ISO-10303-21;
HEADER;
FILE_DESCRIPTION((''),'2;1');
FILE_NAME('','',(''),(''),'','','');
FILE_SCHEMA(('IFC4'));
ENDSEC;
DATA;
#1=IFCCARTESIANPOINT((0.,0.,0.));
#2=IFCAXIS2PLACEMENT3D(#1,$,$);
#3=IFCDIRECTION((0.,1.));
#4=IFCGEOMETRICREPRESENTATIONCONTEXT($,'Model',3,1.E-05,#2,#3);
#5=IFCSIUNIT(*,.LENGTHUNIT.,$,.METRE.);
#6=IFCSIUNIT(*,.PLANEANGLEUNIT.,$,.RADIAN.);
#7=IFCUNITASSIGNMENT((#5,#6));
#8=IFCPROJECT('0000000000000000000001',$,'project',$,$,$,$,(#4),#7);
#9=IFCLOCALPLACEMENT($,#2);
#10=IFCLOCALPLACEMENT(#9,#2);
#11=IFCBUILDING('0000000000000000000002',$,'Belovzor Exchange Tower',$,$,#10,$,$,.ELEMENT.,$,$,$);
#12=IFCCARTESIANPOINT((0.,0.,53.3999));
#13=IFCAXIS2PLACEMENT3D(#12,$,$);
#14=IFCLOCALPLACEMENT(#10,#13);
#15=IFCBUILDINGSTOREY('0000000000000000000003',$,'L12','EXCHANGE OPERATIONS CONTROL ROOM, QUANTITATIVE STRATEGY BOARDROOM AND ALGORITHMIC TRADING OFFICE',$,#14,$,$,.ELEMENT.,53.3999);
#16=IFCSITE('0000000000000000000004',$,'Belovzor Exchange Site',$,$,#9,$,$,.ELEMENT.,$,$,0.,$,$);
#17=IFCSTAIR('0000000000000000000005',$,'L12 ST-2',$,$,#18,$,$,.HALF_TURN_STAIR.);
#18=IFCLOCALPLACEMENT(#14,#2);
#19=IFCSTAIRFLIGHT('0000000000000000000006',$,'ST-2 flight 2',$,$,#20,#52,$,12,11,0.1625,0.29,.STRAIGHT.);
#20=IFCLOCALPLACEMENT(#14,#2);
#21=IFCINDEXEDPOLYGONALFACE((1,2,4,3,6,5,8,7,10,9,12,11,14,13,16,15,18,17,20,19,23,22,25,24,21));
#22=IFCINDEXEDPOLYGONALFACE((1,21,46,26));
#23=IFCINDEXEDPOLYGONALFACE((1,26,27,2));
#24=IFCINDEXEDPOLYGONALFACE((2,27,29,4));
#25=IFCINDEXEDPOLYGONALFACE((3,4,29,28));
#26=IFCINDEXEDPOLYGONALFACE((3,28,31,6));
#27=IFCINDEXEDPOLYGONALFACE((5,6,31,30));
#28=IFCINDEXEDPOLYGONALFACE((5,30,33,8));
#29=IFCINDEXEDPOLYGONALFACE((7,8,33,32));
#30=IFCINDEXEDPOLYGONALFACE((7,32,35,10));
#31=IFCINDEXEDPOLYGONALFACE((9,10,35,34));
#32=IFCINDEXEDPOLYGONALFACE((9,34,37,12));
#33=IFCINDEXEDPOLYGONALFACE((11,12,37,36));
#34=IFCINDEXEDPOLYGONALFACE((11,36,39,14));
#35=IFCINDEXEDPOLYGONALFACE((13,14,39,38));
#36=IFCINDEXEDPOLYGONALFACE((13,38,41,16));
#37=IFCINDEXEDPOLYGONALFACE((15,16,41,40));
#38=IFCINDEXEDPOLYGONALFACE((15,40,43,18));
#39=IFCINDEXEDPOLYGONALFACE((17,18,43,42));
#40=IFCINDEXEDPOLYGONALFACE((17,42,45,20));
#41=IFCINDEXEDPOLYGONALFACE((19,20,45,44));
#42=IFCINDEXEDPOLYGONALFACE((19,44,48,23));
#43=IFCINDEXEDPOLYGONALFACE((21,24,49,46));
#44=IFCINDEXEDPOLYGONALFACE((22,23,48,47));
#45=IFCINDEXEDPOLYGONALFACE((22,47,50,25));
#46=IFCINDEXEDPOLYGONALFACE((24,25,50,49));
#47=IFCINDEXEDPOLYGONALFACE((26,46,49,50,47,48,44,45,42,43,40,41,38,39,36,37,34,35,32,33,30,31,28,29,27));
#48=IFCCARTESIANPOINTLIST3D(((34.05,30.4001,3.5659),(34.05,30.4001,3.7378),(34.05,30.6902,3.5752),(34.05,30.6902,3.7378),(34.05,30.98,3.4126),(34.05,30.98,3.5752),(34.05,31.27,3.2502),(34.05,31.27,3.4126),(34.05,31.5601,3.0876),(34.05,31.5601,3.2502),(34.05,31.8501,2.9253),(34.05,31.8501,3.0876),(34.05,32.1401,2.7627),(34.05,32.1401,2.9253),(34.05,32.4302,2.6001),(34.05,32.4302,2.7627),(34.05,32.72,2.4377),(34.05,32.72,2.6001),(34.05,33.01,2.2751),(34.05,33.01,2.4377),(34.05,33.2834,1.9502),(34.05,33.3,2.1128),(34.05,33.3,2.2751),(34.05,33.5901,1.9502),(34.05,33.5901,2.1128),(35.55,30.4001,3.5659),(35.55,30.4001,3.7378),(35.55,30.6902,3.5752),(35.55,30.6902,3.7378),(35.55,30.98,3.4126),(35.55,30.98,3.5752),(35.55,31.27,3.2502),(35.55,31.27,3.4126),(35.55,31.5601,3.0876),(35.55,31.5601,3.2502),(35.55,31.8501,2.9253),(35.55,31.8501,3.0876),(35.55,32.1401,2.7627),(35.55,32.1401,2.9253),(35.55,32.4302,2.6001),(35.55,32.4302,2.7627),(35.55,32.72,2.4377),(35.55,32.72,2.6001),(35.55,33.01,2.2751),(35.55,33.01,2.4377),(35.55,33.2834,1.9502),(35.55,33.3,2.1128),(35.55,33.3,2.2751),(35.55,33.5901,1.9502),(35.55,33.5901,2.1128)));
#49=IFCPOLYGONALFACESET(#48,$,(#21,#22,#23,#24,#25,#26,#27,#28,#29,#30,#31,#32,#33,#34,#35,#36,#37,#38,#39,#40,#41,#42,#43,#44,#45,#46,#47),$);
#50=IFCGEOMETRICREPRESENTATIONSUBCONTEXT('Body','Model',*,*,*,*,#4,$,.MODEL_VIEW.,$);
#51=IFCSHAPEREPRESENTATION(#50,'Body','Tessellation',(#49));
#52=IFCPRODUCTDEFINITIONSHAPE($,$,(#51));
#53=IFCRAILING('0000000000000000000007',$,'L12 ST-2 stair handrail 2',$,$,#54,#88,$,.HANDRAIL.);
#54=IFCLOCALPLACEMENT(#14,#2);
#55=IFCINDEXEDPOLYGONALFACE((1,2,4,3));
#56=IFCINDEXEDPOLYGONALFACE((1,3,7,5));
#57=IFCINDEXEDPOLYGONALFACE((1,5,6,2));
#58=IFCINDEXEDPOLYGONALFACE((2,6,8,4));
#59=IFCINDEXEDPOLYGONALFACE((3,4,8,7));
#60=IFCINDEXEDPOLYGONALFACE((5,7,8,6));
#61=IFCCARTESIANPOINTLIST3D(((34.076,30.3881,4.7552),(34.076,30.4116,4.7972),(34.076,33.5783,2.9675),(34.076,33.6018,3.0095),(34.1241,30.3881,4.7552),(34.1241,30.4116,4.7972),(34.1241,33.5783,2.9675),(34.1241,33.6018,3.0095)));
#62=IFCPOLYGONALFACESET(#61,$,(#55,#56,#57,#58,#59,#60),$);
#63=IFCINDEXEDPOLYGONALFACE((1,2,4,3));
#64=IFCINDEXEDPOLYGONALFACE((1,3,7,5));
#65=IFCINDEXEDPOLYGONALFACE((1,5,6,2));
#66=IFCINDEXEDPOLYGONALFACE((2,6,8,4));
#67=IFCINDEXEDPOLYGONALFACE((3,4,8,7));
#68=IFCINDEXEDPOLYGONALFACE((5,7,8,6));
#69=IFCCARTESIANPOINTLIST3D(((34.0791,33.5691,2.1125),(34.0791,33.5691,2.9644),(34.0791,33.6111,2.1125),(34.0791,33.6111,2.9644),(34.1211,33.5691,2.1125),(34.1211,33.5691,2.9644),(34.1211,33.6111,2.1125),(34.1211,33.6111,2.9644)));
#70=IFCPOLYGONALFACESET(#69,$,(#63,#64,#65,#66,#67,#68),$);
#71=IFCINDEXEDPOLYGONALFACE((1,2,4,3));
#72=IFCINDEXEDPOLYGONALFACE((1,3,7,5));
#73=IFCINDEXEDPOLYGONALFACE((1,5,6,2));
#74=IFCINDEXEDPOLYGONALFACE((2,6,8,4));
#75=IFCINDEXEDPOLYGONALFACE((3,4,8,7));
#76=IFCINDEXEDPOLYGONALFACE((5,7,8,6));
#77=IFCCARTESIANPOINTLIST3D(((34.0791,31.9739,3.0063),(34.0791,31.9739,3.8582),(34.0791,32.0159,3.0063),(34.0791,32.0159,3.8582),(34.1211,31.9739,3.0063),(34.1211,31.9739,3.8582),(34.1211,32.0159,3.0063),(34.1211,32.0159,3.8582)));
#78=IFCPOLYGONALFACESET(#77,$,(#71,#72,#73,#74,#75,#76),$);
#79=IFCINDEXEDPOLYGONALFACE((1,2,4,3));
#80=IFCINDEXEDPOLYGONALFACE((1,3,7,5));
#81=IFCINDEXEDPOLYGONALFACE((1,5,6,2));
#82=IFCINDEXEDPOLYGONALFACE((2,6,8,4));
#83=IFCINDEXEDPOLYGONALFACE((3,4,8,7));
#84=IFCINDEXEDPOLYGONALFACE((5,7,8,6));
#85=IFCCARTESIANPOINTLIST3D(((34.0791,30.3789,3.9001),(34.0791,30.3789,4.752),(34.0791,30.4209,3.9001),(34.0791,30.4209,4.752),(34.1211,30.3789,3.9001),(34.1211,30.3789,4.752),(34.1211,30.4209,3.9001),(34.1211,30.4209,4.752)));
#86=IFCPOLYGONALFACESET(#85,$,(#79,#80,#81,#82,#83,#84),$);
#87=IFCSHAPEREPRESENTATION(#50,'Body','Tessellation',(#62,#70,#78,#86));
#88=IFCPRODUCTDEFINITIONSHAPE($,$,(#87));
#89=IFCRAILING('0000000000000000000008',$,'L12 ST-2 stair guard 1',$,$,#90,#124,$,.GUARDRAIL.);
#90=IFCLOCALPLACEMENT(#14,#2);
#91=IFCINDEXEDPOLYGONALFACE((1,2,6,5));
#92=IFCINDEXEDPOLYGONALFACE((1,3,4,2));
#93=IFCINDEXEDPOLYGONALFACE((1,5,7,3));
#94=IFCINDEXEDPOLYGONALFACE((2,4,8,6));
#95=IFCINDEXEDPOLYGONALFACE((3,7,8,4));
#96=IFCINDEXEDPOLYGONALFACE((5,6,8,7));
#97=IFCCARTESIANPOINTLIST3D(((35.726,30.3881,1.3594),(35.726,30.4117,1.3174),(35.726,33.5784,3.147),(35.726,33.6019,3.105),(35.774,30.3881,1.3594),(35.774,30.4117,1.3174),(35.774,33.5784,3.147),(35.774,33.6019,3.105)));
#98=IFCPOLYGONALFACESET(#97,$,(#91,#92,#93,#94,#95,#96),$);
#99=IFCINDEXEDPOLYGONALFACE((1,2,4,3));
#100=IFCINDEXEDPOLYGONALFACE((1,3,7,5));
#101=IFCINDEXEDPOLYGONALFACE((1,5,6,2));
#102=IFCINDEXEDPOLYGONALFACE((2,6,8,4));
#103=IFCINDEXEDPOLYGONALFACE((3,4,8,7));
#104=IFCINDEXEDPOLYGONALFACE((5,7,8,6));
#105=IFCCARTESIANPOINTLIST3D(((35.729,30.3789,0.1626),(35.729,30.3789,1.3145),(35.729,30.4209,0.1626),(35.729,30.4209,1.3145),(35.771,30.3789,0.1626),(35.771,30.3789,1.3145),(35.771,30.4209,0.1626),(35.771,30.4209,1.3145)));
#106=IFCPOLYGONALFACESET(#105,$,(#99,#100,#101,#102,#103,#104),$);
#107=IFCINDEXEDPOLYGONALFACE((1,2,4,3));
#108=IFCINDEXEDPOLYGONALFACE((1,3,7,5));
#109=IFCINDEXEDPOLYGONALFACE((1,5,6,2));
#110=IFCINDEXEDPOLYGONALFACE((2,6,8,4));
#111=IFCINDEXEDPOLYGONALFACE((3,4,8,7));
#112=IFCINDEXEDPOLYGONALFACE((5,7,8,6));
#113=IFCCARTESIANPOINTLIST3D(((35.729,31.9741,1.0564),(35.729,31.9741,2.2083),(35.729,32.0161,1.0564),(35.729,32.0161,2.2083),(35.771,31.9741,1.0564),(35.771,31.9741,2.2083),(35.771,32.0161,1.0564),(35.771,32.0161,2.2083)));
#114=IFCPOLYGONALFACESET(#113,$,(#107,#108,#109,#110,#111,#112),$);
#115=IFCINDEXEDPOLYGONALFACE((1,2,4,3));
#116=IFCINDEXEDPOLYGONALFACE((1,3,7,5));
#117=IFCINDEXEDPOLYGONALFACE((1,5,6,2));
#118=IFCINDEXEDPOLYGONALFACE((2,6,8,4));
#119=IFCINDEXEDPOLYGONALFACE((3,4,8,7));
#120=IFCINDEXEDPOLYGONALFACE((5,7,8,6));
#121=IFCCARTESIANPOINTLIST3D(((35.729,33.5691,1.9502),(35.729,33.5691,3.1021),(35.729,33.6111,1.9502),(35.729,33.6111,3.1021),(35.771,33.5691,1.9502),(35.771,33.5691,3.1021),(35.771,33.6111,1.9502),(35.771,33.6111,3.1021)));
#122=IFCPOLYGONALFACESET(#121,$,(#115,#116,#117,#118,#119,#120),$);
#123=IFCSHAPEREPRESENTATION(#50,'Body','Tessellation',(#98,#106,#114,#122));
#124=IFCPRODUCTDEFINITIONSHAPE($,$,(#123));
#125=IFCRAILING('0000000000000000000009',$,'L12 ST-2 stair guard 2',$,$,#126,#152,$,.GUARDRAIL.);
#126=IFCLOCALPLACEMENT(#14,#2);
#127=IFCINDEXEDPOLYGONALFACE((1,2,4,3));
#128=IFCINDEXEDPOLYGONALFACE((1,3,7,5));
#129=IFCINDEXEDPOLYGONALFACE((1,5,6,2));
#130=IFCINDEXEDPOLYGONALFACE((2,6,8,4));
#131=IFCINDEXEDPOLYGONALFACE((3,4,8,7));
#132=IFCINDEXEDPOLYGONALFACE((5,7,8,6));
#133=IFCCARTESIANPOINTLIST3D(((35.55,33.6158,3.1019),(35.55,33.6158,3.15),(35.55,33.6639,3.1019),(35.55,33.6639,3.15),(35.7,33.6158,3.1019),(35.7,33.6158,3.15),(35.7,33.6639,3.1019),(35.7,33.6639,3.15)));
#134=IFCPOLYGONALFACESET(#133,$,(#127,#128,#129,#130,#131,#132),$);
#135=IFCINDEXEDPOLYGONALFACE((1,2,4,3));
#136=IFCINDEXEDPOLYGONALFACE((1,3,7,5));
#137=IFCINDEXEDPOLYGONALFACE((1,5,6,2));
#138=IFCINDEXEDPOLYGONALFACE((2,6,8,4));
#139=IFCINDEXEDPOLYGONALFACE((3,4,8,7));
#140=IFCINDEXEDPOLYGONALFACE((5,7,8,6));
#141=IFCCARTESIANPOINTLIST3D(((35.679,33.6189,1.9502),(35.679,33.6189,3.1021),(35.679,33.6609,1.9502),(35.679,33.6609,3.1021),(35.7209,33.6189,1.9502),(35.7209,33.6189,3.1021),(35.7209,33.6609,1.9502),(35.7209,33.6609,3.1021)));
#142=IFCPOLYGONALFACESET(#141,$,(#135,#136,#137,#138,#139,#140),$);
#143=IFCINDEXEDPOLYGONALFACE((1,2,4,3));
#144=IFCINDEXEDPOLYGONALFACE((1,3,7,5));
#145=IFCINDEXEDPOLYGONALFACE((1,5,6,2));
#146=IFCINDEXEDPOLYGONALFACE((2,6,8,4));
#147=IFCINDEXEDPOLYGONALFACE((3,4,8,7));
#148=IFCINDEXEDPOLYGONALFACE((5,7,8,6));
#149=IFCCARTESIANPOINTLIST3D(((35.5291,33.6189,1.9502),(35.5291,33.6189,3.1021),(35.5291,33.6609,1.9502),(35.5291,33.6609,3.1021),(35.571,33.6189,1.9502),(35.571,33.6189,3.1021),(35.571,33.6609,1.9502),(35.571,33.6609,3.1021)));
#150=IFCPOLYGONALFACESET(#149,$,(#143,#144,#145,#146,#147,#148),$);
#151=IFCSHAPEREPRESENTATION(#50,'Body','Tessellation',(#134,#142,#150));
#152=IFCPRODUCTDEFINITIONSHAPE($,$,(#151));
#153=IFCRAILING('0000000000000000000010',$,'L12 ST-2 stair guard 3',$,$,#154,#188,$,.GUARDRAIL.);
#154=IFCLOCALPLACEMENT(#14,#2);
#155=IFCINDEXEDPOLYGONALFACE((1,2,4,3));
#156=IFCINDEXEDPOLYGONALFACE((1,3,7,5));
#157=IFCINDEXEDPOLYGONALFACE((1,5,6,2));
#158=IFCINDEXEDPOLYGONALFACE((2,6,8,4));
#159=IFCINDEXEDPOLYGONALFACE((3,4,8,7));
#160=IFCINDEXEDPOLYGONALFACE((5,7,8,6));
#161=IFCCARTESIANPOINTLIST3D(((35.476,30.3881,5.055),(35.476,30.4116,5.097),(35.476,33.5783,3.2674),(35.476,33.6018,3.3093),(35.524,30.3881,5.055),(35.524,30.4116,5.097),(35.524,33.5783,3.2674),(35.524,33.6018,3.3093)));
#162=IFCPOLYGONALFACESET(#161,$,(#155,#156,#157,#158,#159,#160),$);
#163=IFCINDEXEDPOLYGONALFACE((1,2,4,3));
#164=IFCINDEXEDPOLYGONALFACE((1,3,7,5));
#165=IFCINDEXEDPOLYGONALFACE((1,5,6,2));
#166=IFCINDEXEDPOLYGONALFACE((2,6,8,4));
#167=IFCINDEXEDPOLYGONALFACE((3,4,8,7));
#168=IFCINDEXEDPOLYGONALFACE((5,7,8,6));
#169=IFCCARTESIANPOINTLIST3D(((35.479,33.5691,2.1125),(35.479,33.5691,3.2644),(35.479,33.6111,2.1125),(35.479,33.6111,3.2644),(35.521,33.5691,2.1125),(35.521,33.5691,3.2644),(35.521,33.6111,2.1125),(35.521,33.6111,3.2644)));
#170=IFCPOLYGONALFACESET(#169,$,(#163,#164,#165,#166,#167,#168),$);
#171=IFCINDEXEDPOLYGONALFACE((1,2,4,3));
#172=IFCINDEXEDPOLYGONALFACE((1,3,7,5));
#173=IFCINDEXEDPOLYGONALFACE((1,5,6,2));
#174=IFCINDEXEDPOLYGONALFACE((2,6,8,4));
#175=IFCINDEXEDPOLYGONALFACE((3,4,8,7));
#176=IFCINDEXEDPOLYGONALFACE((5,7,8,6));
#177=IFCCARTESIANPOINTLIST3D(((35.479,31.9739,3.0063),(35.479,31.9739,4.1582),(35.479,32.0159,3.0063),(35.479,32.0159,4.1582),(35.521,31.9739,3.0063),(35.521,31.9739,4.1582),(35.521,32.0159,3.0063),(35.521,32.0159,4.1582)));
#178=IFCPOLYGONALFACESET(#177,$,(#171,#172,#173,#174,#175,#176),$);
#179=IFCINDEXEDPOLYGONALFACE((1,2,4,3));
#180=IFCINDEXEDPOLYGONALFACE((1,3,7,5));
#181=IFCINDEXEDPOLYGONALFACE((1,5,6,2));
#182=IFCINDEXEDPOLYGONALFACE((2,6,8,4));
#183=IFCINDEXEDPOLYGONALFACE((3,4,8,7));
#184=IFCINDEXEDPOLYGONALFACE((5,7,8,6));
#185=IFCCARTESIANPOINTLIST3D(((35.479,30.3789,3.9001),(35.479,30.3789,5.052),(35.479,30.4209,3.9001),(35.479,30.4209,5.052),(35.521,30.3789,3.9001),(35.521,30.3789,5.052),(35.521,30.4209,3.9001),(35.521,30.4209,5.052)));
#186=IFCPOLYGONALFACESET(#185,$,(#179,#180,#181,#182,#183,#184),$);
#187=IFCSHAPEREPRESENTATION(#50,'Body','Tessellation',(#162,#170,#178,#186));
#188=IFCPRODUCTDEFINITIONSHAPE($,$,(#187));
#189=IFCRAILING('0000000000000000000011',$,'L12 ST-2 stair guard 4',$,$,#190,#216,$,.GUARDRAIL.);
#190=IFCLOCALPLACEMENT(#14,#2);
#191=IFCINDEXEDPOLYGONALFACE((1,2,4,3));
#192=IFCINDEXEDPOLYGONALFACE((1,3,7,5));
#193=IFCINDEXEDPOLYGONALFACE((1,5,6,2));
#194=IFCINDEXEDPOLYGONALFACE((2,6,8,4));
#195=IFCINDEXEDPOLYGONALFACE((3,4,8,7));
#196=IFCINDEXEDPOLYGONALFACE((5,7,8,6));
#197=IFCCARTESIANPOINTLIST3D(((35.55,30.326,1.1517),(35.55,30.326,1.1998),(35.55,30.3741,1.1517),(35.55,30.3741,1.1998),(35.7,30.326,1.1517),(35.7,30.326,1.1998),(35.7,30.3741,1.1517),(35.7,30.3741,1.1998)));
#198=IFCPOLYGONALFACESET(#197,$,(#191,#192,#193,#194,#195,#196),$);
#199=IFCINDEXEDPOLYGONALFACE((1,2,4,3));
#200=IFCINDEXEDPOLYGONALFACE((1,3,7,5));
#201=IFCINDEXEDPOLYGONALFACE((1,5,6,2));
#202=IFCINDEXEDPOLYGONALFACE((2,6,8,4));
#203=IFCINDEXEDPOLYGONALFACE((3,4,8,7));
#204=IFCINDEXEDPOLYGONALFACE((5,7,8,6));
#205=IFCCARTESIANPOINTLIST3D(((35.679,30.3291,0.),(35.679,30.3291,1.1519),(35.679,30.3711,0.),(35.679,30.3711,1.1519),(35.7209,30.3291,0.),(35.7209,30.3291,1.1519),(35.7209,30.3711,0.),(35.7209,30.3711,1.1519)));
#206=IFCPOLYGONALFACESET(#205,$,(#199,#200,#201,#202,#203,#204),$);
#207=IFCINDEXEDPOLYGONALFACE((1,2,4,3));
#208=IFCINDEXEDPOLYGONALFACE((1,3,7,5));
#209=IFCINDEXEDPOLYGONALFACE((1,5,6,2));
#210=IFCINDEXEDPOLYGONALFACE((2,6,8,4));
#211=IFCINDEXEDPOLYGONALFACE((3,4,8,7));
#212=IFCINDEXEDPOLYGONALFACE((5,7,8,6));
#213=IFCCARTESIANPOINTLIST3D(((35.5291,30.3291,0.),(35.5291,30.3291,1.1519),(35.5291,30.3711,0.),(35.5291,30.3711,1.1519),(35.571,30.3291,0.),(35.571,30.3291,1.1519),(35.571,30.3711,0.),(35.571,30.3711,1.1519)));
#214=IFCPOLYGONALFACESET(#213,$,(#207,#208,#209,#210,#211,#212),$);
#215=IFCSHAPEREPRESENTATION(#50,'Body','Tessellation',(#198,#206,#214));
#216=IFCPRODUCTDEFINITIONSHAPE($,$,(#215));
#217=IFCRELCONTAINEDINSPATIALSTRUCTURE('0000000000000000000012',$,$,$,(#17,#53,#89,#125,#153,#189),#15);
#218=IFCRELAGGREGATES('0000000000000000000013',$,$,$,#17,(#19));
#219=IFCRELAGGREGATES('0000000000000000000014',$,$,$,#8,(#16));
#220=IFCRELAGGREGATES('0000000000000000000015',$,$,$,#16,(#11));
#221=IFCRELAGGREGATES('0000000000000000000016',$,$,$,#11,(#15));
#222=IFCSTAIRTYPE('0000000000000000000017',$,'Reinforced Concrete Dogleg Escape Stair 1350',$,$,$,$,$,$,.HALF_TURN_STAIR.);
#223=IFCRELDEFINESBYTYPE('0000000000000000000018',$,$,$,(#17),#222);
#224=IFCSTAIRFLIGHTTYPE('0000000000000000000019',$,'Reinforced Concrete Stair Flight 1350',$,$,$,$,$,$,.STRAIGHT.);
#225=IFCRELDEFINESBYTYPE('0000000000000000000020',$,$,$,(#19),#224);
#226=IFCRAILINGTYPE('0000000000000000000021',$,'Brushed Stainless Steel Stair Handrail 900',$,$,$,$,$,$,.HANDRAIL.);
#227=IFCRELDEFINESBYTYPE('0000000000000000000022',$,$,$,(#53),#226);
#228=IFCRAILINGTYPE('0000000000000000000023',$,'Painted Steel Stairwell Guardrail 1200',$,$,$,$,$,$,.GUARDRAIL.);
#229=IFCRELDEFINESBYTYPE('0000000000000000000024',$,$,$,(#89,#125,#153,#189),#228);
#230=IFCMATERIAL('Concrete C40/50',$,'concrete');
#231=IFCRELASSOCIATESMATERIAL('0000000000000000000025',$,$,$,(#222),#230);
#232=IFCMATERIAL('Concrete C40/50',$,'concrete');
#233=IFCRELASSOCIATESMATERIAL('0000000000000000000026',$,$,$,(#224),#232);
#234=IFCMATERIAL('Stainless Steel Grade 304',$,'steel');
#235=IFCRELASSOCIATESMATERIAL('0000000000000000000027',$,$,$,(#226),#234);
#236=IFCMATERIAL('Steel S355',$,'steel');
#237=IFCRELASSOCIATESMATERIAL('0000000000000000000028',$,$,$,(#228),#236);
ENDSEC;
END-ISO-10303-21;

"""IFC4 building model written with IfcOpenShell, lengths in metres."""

from ifc_helpers import new_model, si_unit, direction, frame, origin, origin_2d, place, context, subcontext, project, spatial, polyline, rectangle, outline, extrude, material, type_object, element, aggregate, save


model = new_model("IFC4")

# Units and contexts
model_context = context("Model", 3, precision=1e-05, world=origin(), true_north=direction((0.0, 1.0)))
body_context = subcontext(model_context, "Body", "Model", "MODEL_VIEW")
ifc_project = project(units=[si_unit("LENGTHUNIT", "METRE"), si_unit("PLANEANGLEUNIT", "RADIAN")], contexts=[model_context])

# Site, building, storey
site_placement = place(None, origin())
site = spatial("IfcSite", under=ifc_project, at=site_placement, Name="Belovzor Exchange Site", CompositionType="ELEMENT", RefElevation=0.0)
building_placement = place(site_placement, origin())
building = spatial("IfcBuilding", under=site, at=building_placement, Name="Belovzor Exchange Tower", CompositionType="ELEMENT")
storey_placement = place(building_placement, frame((0.0, 0.0, 53.3999)))
storey = spatial("IfcBuildingStorey", under=building, at=storey_placement, Name="L12", Description="EXCHANGE OPERATIONS CONTROL ROOM, QUANTITATIVE STRATEGY BOARDROOM AND ALGORITHMIC TRADING OFFICE", CompositionType="ELEMENT", Elevation=53.3999)

# Stair, stair flight
ifc_material_1 = material(Name="Concrete C40/50", Category="concrete")
stair_type = type_object("IfcStairType", Name="Reinforced Concrete Dogleg Escape Stair 1350", PredefinedType="HALF_TURN_STAIR", material=ifc_material_1)
stair_placement = place(storey_placement, origin())
stair = element("IfcStair", 1, at=stair_placement, inside=storey, type_object=stair_type, Name="L12 ST-2", PredefinedType="HALF_TURN_STAIR")
ifc_material_2 = material(Name="Concrete C40/50", Category="concrete")
stair_flight_type = type_object("IfcStairFlightType", Name="Reinforced Concrete Stair Flight 1350", PredefinedType="STRAIGHT", material=ifc_material_2)
stair_flight_placement = place(storey_placement, frame((34.8, 33.5901, 1.9502), z_axis=(0.0, 0.0, 1.0), x_axis=(0.0, -1.0, 0.0)))
stair_flight = element("IfcStairFlight", 2, at=stair_flight_placement, type_object=stair_flight_type, Name="ST-2 flight 2", NumberOfRisers=12, NumberOfTreads=11, PredefinedType="STRAIGHT", RiserHeight=0.1625, TreadLength=0.29, context=body_context, shape_type="SweptSolid", body=[
    extrude(outline(polyline([(0.0, 0.0), (0.0, 0.1626), (0.29, 0.1626), (0.29, 0.325), (0.5801, 0.325), (0.5801, 0.4875), (0.8701, 0.4875), (0.8701, 0.6499), (1.1599, 0.6499), (1.1599, 0.8125), (1.45, 0.8125), (1.45, 0.9751), (1.74, 0.9751), (1.74, 1.1375), (2.03, 1.1375), (2.03, 1.3), (2.3201, 1.3), (2.3201, 1.4624), (2.6101, 1.4624), (2.6101, 1.625), (2.8999, 1.625), (2.8999, 1.7876), (3.1899, 1.7876), (3.1899, 1.95), (3.1899, 1.6157), (0.3066, 0.0), (0.0, 0.0)])), frame((0.0, 0.75, 0.0), z_axis=(0.0, -1.0, 0.0), x_axis=(1.0, 0.0, 0.0)), (0.0, 0.0, 1.0), 1.5),
])
aggregate(stair, [stair_flight])

# Railings
ifc_material_3 = material(Name="Stainless Steel Grade 304", Category="steel")
railing_type_1 = type_object("IfcRailingType", Name="Brushed Stainless Steel Stair Handrail 900", PredefinedType="HANDRAIL", material=ifc_material_3)
railing_1_placement = place(storey_placement, frame((34.1001, 33.5901, 2.1125)))
element("IfcRailing", 3, at=railing_1_placement, inside=storey, type_object=railing_type_1, Name="L12 ST-2 stair handrail 2", PredefinedType="HANDRAIL", context=body_context, shape_type="SweptSolid", body=[
    extrude(rectangle(XDim=0.0481, YDim=0.0481, at=origin_2d()), frame((0.0, 0.0, 0.876), z_axis=(0.0, -0.872378, 0.488831), x_axis=(1.0, 0.0, 0.0)), (0.0, 0.0, 1.0), 3.657),
    extrude(rectangle(XDim=0.042, YDim=0.042, at=origin_2d()), origin(), (0.0, 0.0, 1.0), 0.8518),
    extrude(rectangle(XDim=0.042, YDim=0.042, at=origin_2d()), frame((0.0, -1.5952, 0.8938)), (0.0, 0.0, 1.0), 0.8518),
    extrude(rectangle(XDim=0.042, YDim=0.042, at=origin_2d()), frame((0.0, -3.1902, 1.7876)), (0.0, 0.0, 1.0), 0.8518),
])
ifc_material_4 = material(Name="Steel S355", Category="steel")
railing_type_2 = type_object("IfcRailingType", Name="Painted Steel Stairwell Guardrail 1200", PredefinedType="GUARDRAIL", material=ifc_material_4)
railing_2_placement = place(storey_placement, frame((35.75, 30.3999, 0.1626)))
element("IfcRailing", 4, at=railing_2_placement, inside=storey, type_object=railing_type_2, Name="L12 ST-2 stair guard 1", PredefinedType="GUARDRAIL", context=body_context, shape_type="SweptSolid", body=[
    extrude(rectangle(XDim=0.0481, YDim=0.0481, at=origin_2d()), frame((0.0, 0.0, 1.1758), z_axis=(0.0, 0.872378, 0.488831), x_axis=(-1.0, 0.0, 0.0)), (0.0, 0.0, 1.0), 3.657),
    extrude(rectangle(XDim=0.042, YDim=0.042, at=origin_2d()), origin(), (0.0, 0.0, 1.0), 1.1519),
    extrude(rectangle(XDim=0.042, YDim=0.042, at=origin_2d()), frame((0.0, 1.5952, 0.8938)), (0.0, 0.0, 1.0), 1.1519),
    extrude(rectangle(XDim=0.042, YDim=0.042, at=origin_2d()), frame((0.0, 3.1902, 1.7876)), (0.0, 0.0, 1.0), 1.1519),
])
railing_3_placement = place(storey_placement, frame((35.7, 33.6399, 1.9502)))
element("IfcRailing", 5, at=railing_3_placement, inside=storey, type_object=railing_type_2, Name="L12 ST-2 stair guard 2", PredefinedType="GUARDRAIL", context=body_context, shape_type="SweptSolid", body=[
    extrude(rectangle(XDim=0.0481, YDim=0.0481, at=origin_2d()), frame((0.0, 0.0, 1.1758), z_axis=(-1.0, 0.0, 0.0), x_axis=(0.0, -1.0, 0.0)), (0.0, 0.0, 1.0), 0.1499),
    extrude(rectangle(XDim=0.042, YDim=0.042, at=origin_2d()), origin(), (0.0, 0.0, 1.0), 1.1519),
    extrude(rectangle(XDim=0.042, YDim=0.042, at=origin_2d()), frame((-0.1499, 0.0, 0.0)), (0.0, 0.0, 1.0), 1.1519),
])
railing_4_placement = place(storey_placement, frame((35.5, 33.5901, 2.1125)))
element("IfcRailing", 6, at=railing_4_placement, inside=storey, type_object=railing_type_2, Name="L12 ST-2 stair guard 3", PredefinedType="GUARDRAIL", context=body_context, shape_type="SweptSolid", body=[
    extrude(rectangle(XDim=0.0481, YDim=0.0481, at=origin_2d()), frame((0.0, 0.0, 1.1758), z_axis=(0.0, -0.872378, 0.488831), x_axis=(1.0, 0.0, 0.0)), (0.0, 0.0, 1.0), 3.657),
    extrude(rectangle(XDim=0.042, YDim=0.042, at=origin_2d()), origin(), (0.0, 0.0, 1.0), 1.1519),
    extrude(rectangle(XDim=0.042, YDim=0.042, at=origin_2d()), frame((0.0, -1.5952, 0.8938)), (0.0, 0.0, 1.0), 1.1519),
    extrude(rectangle(XDim=0.042, YDim=0.042, at=origin_2d()), frame((0.0, -3.1902, 1.7876)), (0.0, 0.0, 1.0), 1.1519),
])
railing_5_placement = place(storey_placement, frame((35.7, 30.3501, 0.0)))
element("IfcRailing", 7, at=railing_5_placement, inside=storey, type_object=railing_type_2, Name="L12 ST-2 stair guard 4", PredefinedType="GUARDRAIL", context=body_context, shape_type="SweptSolid", body=[
    extrude(rectangle(XDim=0.0481, YDim=0.0481, at=origin_2d()), frame((0.0, 0.0, 1.1758), z_axis=(-1.0, 0.0, 0.0), x_axis=(0.0, -1.0, 0.0)), (0.0, 0.0, 1.0), 0.1499),
    extrude(rectangle(XDim=0.042, YDim=0.042, at=origin_2d()), origin(), (0.0, 0.0, 1.0), 1.1519),
    extrude(rectangle(XDim=0.042, YDim=0.042, at=origin_2d()), frame((-0.1499, 0.0, 0.0)), (0.0, 0.0, 1.0), 1.1519),
])

save(model, "model.ifc")
